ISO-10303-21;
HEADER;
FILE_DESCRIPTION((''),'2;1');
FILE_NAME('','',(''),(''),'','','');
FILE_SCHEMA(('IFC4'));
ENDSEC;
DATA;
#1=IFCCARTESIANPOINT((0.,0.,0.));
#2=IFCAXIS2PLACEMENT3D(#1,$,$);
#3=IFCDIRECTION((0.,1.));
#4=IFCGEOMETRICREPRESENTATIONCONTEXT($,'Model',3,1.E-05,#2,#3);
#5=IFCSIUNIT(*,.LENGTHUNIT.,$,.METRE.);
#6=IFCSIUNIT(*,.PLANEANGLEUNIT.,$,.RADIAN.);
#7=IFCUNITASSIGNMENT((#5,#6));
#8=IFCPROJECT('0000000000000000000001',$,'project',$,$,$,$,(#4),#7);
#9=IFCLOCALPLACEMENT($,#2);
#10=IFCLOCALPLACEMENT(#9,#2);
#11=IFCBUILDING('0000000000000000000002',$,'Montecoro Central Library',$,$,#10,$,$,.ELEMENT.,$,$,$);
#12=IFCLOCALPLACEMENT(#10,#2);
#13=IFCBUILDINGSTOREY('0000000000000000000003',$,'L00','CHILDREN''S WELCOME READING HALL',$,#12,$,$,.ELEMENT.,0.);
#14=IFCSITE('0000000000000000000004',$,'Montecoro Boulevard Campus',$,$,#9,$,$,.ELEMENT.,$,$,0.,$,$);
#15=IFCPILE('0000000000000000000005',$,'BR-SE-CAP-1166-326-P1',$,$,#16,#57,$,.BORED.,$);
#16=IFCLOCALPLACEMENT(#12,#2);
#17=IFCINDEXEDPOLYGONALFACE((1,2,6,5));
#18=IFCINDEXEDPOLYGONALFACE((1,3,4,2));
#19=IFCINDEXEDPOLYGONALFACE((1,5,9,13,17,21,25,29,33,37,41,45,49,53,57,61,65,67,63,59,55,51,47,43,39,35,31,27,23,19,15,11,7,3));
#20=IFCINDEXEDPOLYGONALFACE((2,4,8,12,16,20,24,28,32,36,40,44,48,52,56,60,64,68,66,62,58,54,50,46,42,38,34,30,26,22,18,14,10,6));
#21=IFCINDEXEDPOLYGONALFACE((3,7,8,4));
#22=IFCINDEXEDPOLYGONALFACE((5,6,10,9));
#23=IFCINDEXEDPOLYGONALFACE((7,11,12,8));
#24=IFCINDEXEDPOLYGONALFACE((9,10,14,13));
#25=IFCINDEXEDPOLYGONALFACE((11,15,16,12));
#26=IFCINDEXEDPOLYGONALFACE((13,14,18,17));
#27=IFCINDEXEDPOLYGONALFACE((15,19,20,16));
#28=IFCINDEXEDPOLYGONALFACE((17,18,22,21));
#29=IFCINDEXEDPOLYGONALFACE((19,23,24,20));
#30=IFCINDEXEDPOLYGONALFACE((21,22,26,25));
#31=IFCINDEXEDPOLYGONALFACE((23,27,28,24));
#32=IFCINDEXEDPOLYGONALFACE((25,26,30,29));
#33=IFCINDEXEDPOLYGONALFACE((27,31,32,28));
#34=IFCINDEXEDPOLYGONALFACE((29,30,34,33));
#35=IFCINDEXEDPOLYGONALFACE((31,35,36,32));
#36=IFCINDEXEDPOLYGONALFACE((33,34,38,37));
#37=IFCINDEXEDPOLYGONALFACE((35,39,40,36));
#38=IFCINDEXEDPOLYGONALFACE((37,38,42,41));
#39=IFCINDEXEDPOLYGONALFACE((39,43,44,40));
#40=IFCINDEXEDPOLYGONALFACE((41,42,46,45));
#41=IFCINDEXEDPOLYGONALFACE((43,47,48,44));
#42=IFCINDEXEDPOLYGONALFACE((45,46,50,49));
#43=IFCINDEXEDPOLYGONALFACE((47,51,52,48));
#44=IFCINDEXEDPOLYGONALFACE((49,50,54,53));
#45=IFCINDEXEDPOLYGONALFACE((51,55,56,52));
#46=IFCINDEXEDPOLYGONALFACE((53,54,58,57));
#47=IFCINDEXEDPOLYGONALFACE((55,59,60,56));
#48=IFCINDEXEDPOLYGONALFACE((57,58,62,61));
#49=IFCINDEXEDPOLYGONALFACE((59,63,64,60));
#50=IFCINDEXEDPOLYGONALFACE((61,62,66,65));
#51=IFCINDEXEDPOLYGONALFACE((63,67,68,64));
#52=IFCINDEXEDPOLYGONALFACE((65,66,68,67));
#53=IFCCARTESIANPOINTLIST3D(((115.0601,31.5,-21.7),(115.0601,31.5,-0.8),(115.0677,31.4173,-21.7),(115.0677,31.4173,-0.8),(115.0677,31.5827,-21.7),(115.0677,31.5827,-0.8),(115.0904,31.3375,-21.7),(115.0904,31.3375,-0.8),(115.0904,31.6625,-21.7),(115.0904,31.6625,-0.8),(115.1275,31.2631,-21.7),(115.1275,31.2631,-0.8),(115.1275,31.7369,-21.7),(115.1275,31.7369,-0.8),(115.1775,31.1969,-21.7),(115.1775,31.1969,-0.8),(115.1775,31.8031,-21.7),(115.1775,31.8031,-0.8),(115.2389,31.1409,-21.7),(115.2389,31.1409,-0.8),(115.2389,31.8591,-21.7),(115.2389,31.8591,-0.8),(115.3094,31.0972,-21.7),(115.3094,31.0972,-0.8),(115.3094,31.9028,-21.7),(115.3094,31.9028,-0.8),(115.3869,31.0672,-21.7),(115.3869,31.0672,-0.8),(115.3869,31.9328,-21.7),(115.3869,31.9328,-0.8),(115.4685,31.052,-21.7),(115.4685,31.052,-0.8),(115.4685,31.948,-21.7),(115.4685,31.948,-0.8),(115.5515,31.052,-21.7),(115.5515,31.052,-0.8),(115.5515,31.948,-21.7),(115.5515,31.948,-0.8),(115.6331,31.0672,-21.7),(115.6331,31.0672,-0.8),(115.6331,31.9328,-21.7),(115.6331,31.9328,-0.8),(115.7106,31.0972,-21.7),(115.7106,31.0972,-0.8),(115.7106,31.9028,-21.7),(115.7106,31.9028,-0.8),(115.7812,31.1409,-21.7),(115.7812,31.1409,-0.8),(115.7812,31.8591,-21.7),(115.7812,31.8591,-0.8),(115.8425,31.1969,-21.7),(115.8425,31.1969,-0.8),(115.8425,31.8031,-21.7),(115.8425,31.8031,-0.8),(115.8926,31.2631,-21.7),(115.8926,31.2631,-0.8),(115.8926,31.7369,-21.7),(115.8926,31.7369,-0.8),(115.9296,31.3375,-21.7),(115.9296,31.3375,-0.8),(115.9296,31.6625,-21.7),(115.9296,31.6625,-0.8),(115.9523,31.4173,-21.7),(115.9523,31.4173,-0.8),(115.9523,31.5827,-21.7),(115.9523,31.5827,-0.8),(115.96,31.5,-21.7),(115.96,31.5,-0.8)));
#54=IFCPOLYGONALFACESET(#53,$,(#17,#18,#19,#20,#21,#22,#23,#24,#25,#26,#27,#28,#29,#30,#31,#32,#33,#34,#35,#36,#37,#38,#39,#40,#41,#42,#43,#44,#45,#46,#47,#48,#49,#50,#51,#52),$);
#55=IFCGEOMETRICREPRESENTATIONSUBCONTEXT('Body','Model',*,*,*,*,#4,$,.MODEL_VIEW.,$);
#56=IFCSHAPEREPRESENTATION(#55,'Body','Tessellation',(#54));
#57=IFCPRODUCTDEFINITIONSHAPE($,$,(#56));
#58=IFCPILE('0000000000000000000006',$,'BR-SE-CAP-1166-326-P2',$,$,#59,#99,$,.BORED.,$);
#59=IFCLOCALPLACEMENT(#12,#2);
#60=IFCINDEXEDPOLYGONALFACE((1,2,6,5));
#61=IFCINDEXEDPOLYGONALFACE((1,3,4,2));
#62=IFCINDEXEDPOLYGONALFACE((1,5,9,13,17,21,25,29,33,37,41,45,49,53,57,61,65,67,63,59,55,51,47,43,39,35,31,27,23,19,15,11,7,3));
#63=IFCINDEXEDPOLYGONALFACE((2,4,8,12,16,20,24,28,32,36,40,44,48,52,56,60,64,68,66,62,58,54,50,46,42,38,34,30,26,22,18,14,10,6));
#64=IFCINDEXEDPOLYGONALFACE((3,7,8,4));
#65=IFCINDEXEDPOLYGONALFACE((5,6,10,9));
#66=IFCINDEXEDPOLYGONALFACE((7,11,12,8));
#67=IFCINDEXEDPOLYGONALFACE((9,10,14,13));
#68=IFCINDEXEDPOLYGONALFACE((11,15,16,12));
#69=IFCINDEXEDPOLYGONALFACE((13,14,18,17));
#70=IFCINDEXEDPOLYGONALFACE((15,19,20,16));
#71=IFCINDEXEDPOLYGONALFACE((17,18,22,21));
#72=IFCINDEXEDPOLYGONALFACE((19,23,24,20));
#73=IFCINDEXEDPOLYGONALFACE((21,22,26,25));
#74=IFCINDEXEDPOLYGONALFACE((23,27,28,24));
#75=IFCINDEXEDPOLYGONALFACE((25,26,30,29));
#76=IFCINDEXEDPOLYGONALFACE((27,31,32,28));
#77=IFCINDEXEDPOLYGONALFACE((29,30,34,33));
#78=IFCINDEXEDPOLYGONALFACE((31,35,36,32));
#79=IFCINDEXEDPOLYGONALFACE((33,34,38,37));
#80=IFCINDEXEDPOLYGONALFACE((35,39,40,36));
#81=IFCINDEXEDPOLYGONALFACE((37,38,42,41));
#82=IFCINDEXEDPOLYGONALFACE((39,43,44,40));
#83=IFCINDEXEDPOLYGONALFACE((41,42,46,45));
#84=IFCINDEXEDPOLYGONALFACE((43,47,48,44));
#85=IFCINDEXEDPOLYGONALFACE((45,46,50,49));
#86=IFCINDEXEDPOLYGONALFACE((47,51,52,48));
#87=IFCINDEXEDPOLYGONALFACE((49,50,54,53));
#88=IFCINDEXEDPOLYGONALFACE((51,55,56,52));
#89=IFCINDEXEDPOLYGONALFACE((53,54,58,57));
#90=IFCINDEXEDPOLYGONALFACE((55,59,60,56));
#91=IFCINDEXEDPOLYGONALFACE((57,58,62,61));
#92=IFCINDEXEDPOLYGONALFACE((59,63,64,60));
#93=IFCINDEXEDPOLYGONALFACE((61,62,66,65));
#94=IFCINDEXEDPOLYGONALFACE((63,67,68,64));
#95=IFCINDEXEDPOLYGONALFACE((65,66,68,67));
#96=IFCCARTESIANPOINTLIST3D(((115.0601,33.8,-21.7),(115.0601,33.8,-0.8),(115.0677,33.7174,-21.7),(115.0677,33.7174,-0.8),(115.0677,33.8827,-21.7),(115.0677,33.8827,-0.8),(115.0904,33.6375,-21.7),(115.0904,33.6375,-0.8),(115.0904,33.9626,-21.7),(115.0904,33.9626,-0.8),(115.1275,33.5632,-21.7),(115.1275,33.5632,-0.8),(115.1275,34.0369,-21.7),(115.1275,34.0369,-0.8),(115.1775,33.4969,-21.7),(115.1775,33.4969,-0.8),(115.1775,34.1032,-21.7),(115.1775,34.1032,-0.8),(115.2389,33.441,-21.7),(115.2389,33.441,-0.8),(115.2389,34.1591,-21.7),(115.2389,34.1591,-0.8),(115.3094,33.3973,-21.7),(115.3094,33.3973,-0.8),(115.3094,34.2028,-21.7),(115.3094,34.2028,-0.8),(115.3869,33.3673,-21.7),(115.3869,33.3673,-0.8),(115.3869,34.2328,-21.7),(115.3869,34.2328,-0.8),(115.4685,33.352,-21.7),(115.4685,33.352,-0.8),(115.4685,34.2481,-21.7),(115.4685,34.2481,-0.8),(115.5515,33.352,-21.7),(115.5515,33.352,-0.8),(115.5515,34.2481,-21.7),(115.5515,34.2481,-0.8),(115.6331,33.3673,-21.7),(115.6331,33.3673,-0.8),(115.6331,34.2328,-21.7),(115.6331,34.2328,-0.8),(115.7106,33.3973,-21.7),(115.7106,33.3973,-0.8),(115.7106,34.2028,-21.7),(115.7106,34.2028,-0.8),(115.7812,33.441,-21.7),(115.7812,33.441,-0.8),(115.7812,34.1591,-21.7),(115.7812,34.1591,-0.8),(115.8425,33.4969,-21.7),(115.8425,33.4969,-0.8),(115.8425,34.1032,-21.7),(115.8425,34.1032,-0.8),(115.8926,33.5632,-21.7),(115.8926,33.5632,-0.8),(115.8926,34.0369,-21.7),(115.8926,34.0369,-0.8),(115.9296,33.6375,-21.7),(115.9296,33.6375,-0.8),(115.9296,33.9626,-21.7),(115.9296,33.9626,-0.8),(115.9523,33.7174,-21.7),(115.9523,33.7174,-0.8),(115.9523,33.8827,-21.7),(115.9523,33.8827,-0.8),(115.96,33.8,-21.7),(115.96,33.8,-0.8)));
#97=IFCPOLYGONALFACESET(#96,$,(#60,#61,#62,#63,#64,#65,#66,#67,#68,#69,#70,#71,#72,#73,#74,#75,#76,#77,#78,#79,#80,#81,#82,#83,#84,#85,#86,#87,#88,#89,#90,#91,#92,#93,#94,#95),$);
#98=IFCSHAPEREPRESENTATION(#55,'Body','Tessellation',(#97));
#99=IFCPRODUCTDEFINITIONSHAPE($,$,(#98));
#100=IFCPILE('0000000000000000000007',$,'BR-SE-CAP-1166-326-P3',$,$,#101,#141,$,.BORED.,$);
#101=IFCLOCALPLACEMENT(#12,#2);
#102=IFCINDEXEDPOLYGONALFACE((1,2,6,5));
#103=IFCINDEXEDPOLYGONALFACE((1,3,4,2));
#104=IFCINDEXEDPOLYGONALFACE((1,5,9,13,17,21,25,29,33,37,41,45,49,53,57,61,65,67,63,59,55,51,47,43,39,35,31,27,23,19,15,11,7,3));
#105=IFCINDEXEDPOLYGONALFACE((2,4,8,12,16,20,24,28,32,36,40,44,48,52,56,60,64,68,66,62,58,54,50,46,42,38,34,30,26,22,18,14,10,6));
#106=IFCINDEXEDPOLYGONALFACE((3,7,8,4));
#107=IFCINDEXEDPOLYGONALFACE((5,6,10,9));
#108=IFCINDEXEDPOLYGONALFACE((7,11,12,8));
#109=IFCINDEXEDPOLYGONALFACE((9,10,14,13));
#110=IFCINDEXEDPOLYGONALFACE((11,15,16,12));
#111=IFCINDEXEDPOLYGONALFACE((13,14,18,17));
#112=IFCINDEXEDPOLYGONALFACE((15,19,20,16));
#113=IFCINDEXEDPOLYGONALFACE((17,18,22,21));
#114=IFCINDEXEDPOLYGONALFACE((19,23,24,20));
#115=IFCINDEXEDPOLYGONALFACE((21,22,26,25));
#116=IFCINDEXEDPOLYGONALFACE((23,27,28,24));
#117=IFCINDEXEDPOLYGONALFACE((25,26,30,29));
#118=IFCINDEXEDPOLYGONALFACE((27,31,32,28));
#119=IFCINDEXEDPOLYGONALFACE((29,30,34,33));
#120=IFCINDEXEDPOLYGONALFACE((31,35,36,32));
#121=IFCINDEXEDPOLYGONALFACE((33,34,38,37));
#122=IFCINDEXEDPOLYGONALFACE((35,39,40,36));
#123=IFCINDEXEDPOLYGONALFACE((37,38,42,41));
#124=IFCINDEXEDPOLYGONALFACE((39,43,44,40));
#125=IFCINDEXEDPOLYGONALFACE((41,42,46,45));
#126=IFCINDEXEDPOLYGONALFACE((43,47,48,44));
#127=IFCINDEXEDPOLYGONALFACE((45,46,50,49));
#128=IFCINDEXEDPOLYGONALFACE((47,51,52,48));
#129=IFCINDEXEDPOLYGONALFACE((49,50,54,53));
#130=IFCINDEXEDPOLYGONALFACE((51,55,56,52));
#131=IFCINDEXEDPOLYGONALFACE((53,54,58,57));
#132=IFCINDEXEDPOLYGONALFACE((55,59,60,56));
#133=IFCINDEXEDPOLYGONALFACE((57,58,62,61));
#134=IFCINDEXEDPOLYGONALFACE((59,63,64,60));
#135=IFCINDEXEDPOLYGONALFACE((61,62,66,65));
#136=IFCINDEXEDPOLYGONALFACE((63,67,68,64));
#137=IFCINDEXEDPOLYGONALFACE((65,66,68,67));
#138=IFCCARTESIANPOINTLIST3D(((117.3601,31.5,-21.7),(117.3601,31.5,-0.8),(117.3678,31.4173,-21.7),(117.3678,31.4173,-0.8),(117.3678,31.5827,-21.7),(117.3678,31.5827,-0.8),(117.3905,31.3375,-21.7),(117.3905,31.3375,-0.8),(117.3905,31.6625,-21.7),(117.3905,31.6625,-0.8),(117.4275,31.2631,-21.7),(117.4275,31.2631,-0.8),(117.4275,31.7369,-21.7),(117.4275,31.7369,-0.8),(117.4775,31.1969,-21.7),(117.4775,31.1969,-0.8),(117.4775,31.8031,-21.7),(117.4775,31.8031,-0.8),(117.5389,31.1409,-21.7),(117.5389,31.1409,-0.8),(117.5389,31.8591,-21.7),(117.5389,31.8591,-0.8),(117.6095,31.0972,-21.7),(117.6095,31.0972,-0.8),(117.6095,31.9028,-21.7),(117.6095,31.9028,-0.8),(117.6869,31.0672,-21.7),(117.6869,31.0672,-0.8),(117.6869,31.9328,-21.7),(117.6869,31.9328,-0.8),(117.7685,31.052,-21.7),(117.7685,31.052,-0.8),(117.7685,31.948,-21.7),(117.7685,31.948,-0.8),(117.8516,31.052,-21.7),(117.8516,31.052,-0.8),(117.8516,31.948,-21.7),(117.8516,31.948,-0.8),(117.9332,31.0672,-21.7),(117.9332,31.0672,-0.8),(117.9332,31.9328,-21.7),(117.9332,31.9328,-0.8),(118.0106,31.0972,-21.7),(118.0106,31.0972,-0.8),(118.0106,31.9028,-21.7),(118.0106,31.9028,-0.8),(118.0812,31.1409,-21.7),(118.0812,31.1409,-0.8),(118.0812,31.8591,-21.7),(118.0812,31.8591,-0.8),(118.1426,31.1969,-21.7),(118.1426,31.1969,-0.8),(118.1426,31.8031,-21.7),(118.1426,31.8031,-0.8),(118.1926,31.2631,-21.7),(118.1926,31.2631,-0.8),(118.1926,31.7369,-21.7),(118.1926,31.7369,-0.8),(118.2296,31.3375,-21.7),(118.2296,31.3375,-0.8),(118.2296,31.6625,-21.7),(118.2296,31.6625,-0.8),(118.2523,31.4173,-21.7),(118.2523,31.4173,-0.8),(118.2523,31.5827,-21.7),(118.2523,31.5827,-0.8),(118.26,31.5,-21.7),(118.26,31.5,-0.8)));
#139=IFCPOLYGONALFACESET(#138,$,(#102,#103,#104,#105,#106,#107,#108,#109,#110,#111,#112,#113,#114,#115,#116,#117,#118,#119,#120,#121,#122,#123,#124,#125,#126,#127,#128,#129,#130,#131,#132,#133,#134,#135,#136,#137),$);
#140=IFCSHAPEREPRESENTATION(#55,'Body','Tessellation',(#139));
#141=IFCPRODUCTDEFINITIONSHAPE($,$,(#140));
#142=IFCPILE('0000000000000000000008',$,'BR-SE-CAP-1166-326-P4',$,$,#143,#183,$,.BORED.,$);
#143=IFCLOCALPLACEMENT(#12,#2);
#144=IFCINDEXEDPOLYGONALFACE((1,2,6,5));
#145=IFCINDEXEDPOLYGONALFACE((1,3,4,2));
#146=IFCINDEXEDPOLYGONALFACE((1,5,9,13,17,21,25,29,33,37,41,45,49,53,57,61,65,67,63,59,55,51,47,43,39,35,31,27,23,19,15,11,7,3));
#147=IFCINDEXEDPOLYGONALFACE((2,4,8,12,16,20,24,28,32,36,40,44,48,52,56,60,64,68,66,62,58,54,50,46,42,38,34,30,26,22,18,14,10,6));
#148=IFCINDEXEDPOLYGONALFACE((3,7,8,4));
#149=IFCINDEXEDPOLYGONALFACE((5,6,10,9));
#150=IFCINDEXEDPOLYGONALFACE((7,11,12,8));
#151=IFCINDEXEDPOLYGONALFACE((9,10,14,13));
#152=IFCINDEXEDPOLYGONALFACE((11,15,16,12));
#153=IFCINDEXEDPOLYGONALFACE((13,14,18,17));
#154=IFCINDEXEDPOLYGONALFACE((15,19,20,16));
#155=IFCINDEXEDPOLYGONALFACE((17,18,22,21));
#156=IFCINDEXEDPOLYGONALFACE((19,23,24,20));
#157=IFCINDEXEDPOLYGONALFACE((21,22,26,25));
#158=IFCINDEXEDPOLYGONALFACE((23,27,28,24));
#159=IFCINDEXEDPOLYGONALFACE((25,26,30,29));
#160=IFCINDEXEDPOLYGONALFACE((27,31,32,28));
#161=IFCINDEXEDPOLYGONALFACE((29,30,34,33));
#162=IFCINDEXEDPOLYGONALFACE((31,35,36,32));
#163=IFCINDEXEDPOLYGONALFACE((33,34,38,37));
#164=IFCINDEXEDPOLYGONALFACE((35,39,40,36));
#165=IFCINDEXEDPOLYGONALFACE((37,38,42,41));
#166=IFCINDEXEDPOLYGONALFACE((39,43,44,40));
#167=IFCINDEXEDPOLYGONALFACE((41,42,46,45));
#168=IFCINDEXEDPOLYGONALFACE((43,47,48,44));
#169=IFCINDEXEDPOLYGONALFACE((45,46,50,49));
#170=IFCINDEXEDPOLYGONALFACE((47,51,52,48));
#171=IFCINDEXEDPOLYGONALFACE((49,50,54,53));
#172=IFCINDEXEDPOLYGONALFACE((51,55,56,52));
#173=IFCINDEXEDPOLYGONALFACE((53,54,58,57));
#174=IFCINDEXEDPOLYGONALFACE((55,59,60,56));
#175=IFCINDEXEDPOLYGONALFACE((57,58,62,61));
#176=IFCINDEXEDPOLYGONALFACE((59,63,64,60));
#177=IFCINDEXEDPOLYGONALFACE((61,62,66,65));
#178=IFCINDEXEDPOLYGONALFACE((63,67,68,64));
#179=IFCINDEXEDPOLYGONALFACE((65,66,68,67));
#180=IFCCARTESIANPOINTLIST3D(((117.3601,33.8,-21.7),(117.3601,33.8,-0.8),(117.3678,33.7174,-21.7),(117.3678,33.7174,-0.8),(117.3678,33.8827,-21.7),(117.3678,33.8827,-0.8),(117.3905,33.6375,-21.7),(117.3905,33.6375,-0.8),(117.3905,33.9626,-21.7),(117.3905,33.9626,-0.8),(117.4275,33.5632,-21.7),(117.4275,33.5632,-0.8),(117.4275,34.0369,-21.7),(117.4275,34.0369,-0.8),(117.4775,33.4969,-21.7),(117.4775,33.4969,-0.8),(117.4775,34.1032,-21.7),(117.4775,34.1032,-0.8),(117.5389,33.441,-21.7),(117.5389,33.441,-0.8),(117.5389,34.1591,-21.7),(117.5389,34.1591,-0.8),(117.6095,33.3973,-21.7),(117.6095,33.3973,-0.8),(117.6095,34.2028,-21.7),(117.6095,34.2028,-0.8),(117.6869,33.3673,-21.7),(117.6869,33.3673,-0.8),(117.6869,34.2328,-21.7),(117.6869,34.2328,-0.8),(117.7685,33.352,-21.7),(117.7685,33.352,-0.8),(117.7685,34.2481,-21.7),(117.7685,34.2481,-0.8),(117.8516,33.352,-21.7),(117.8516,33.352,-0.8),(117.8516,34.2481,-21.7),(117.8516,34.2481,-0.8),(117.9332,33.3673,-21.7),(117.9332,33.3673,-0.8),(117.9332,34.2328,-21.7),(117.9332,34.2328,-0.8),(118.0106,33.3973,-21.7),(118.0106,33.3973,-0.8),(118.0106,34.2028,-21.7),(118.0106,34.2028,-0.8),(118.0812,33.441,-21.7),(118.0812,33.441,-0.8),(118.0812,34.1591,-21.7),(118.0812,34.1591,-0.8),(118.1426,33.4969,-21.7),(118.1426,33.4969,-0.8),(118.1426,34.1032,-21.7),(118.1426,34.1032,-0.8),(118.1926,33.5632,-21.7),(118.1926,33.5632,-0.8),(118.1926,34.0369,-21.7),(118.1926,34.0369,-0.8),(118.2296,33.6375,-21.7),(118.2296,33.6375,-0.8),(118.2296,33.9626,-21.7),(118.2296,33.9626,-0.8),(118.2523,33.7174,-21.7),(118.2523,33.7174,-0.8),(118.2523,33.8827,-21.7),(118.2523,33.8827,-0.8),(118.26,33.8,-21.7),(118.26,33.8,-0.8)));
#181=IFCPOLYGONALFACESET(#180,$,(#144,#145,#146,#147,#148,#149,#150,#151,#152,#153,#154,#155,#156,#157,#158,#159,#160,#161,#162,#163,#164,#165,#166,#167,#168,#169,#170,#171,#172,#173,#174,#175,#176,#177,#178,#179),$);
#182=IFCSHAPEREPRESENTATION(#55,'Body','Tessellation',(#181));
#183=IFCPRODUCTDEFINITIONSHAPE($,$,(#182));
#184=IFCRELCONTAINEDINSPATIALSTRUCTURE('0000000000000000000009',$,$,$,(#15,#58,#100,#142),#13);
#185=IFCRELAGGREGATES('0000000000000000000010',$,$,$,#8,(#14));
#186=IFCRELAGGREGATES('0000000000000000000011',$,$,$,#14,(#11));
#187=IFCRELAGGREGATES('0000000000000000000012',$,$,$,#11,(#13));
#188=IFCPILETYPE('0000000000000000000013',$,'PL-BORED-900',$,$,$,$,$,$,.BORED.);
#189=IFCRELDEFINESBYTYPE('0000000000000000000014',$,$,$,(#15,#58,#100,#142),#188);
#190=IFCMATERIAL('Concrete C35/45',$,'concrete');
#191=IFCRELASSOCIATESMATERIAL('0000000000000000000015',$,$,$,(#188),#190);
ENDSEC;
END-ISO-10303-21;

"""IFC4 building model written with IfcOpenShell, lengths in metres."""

from ifc_helpers import new_model, si_unit, direction, frame, origin, origin_2d, place, context, subcontext, project, spatial, circle, extrude, material, material_profile, profile_set, type_object, element, save


model = new_model("IFC4")

# Units and contexts
model_context = context("Model", 3, precision=1e-05, world=origin(), true_north=direction((0.0, 1.0)))
body_context = subcontext(model_context, "Body", "Model", "MODEL_VIEW")
ifc_project = project(units=[si_unit("LENGTHUNIT", "METRE"), si_unit("PLANEANGLEUNIT", "RADIAN")], contexts=[model_context])

# Site, building, storey
site_placement = place(None, origin())
site = spatial("IfcSite", under=ifc_project, at=site_placement, Name="Montecoro Boulevard Campus", CompositionType="ELEMENT", RefElevation=0.0)
building_placement = place(site_placement, origin())
building = spatial("IfcBuilding", under=site, at=building_placement, Name="Montecoro Central Library", CompositionType="ELEMENT")
storey_placement = place(building_placement, origin())
storey = spatial("IfcBuildingStorey", under=building, at=storey_placement, Name="L00", Description="CHILDREN'S WELCOME READING HALL", CompositionType="ELEMENT", Elevation=0.0)

# Shared definitions
ifc_material_1 = material(Name="Concrete C35/45", Category="concrete")

# Piles
ifc_material_profile_1 = material_profile(ifc_material_1, circle(Radius=0.45, at=origin_2d()), Name="PILE D900")
ifc_profile_set_1 = profile_set([ifc_material_profile_1], Name="Concrete C35/45")
pile_type_1 = type_object("IfcPileType", Name="PL-BORED-900", PredefinedType="BORED", material=ifc_profile_set_1)
for number, where, z_axis, x_axis, name in (
    (1, (115.51, 31.5, -0.8), (0.0, 0.0, -1.0), (1.0, 0.0, 0.0), "BR-SE-CAP-1166-326-P1"),
    (2, (115.51, 33.8, -0.8), (0.0, 0.0, -1.0), (1.0, 0.0, 0.0), "BR-SE-CAP-1166-326-P2"),
    (3, (117.8101, 31.5, -0.8), (0.0, 0.0, -1.0), (1.0, 0.0, 0.0), "BR-SE-CAP-1166-326-P3"),
    (4, (117.8101, 33.8, -0.8), (0.0, 0.0, -1.0), (1.0, 0.0, 0.0), "BR-SE-CAP-1166-326-P4"),
):
    element("IfcPile", number, at=place(storey_placement, frame(where, z_axis=z_axis, x_axis=x_axis)), inside=storey, type_object=pile_type_1, Name=name, PredefinedType="BORED", context=body_context, shape_type="SweptSolid", body=[
        extrude(circle(Radius=0.45, at=origin_2d()), origin(), (0.0, 0.0, 1.0), 20.8999),
    ])

save(model, "model.ifc")
